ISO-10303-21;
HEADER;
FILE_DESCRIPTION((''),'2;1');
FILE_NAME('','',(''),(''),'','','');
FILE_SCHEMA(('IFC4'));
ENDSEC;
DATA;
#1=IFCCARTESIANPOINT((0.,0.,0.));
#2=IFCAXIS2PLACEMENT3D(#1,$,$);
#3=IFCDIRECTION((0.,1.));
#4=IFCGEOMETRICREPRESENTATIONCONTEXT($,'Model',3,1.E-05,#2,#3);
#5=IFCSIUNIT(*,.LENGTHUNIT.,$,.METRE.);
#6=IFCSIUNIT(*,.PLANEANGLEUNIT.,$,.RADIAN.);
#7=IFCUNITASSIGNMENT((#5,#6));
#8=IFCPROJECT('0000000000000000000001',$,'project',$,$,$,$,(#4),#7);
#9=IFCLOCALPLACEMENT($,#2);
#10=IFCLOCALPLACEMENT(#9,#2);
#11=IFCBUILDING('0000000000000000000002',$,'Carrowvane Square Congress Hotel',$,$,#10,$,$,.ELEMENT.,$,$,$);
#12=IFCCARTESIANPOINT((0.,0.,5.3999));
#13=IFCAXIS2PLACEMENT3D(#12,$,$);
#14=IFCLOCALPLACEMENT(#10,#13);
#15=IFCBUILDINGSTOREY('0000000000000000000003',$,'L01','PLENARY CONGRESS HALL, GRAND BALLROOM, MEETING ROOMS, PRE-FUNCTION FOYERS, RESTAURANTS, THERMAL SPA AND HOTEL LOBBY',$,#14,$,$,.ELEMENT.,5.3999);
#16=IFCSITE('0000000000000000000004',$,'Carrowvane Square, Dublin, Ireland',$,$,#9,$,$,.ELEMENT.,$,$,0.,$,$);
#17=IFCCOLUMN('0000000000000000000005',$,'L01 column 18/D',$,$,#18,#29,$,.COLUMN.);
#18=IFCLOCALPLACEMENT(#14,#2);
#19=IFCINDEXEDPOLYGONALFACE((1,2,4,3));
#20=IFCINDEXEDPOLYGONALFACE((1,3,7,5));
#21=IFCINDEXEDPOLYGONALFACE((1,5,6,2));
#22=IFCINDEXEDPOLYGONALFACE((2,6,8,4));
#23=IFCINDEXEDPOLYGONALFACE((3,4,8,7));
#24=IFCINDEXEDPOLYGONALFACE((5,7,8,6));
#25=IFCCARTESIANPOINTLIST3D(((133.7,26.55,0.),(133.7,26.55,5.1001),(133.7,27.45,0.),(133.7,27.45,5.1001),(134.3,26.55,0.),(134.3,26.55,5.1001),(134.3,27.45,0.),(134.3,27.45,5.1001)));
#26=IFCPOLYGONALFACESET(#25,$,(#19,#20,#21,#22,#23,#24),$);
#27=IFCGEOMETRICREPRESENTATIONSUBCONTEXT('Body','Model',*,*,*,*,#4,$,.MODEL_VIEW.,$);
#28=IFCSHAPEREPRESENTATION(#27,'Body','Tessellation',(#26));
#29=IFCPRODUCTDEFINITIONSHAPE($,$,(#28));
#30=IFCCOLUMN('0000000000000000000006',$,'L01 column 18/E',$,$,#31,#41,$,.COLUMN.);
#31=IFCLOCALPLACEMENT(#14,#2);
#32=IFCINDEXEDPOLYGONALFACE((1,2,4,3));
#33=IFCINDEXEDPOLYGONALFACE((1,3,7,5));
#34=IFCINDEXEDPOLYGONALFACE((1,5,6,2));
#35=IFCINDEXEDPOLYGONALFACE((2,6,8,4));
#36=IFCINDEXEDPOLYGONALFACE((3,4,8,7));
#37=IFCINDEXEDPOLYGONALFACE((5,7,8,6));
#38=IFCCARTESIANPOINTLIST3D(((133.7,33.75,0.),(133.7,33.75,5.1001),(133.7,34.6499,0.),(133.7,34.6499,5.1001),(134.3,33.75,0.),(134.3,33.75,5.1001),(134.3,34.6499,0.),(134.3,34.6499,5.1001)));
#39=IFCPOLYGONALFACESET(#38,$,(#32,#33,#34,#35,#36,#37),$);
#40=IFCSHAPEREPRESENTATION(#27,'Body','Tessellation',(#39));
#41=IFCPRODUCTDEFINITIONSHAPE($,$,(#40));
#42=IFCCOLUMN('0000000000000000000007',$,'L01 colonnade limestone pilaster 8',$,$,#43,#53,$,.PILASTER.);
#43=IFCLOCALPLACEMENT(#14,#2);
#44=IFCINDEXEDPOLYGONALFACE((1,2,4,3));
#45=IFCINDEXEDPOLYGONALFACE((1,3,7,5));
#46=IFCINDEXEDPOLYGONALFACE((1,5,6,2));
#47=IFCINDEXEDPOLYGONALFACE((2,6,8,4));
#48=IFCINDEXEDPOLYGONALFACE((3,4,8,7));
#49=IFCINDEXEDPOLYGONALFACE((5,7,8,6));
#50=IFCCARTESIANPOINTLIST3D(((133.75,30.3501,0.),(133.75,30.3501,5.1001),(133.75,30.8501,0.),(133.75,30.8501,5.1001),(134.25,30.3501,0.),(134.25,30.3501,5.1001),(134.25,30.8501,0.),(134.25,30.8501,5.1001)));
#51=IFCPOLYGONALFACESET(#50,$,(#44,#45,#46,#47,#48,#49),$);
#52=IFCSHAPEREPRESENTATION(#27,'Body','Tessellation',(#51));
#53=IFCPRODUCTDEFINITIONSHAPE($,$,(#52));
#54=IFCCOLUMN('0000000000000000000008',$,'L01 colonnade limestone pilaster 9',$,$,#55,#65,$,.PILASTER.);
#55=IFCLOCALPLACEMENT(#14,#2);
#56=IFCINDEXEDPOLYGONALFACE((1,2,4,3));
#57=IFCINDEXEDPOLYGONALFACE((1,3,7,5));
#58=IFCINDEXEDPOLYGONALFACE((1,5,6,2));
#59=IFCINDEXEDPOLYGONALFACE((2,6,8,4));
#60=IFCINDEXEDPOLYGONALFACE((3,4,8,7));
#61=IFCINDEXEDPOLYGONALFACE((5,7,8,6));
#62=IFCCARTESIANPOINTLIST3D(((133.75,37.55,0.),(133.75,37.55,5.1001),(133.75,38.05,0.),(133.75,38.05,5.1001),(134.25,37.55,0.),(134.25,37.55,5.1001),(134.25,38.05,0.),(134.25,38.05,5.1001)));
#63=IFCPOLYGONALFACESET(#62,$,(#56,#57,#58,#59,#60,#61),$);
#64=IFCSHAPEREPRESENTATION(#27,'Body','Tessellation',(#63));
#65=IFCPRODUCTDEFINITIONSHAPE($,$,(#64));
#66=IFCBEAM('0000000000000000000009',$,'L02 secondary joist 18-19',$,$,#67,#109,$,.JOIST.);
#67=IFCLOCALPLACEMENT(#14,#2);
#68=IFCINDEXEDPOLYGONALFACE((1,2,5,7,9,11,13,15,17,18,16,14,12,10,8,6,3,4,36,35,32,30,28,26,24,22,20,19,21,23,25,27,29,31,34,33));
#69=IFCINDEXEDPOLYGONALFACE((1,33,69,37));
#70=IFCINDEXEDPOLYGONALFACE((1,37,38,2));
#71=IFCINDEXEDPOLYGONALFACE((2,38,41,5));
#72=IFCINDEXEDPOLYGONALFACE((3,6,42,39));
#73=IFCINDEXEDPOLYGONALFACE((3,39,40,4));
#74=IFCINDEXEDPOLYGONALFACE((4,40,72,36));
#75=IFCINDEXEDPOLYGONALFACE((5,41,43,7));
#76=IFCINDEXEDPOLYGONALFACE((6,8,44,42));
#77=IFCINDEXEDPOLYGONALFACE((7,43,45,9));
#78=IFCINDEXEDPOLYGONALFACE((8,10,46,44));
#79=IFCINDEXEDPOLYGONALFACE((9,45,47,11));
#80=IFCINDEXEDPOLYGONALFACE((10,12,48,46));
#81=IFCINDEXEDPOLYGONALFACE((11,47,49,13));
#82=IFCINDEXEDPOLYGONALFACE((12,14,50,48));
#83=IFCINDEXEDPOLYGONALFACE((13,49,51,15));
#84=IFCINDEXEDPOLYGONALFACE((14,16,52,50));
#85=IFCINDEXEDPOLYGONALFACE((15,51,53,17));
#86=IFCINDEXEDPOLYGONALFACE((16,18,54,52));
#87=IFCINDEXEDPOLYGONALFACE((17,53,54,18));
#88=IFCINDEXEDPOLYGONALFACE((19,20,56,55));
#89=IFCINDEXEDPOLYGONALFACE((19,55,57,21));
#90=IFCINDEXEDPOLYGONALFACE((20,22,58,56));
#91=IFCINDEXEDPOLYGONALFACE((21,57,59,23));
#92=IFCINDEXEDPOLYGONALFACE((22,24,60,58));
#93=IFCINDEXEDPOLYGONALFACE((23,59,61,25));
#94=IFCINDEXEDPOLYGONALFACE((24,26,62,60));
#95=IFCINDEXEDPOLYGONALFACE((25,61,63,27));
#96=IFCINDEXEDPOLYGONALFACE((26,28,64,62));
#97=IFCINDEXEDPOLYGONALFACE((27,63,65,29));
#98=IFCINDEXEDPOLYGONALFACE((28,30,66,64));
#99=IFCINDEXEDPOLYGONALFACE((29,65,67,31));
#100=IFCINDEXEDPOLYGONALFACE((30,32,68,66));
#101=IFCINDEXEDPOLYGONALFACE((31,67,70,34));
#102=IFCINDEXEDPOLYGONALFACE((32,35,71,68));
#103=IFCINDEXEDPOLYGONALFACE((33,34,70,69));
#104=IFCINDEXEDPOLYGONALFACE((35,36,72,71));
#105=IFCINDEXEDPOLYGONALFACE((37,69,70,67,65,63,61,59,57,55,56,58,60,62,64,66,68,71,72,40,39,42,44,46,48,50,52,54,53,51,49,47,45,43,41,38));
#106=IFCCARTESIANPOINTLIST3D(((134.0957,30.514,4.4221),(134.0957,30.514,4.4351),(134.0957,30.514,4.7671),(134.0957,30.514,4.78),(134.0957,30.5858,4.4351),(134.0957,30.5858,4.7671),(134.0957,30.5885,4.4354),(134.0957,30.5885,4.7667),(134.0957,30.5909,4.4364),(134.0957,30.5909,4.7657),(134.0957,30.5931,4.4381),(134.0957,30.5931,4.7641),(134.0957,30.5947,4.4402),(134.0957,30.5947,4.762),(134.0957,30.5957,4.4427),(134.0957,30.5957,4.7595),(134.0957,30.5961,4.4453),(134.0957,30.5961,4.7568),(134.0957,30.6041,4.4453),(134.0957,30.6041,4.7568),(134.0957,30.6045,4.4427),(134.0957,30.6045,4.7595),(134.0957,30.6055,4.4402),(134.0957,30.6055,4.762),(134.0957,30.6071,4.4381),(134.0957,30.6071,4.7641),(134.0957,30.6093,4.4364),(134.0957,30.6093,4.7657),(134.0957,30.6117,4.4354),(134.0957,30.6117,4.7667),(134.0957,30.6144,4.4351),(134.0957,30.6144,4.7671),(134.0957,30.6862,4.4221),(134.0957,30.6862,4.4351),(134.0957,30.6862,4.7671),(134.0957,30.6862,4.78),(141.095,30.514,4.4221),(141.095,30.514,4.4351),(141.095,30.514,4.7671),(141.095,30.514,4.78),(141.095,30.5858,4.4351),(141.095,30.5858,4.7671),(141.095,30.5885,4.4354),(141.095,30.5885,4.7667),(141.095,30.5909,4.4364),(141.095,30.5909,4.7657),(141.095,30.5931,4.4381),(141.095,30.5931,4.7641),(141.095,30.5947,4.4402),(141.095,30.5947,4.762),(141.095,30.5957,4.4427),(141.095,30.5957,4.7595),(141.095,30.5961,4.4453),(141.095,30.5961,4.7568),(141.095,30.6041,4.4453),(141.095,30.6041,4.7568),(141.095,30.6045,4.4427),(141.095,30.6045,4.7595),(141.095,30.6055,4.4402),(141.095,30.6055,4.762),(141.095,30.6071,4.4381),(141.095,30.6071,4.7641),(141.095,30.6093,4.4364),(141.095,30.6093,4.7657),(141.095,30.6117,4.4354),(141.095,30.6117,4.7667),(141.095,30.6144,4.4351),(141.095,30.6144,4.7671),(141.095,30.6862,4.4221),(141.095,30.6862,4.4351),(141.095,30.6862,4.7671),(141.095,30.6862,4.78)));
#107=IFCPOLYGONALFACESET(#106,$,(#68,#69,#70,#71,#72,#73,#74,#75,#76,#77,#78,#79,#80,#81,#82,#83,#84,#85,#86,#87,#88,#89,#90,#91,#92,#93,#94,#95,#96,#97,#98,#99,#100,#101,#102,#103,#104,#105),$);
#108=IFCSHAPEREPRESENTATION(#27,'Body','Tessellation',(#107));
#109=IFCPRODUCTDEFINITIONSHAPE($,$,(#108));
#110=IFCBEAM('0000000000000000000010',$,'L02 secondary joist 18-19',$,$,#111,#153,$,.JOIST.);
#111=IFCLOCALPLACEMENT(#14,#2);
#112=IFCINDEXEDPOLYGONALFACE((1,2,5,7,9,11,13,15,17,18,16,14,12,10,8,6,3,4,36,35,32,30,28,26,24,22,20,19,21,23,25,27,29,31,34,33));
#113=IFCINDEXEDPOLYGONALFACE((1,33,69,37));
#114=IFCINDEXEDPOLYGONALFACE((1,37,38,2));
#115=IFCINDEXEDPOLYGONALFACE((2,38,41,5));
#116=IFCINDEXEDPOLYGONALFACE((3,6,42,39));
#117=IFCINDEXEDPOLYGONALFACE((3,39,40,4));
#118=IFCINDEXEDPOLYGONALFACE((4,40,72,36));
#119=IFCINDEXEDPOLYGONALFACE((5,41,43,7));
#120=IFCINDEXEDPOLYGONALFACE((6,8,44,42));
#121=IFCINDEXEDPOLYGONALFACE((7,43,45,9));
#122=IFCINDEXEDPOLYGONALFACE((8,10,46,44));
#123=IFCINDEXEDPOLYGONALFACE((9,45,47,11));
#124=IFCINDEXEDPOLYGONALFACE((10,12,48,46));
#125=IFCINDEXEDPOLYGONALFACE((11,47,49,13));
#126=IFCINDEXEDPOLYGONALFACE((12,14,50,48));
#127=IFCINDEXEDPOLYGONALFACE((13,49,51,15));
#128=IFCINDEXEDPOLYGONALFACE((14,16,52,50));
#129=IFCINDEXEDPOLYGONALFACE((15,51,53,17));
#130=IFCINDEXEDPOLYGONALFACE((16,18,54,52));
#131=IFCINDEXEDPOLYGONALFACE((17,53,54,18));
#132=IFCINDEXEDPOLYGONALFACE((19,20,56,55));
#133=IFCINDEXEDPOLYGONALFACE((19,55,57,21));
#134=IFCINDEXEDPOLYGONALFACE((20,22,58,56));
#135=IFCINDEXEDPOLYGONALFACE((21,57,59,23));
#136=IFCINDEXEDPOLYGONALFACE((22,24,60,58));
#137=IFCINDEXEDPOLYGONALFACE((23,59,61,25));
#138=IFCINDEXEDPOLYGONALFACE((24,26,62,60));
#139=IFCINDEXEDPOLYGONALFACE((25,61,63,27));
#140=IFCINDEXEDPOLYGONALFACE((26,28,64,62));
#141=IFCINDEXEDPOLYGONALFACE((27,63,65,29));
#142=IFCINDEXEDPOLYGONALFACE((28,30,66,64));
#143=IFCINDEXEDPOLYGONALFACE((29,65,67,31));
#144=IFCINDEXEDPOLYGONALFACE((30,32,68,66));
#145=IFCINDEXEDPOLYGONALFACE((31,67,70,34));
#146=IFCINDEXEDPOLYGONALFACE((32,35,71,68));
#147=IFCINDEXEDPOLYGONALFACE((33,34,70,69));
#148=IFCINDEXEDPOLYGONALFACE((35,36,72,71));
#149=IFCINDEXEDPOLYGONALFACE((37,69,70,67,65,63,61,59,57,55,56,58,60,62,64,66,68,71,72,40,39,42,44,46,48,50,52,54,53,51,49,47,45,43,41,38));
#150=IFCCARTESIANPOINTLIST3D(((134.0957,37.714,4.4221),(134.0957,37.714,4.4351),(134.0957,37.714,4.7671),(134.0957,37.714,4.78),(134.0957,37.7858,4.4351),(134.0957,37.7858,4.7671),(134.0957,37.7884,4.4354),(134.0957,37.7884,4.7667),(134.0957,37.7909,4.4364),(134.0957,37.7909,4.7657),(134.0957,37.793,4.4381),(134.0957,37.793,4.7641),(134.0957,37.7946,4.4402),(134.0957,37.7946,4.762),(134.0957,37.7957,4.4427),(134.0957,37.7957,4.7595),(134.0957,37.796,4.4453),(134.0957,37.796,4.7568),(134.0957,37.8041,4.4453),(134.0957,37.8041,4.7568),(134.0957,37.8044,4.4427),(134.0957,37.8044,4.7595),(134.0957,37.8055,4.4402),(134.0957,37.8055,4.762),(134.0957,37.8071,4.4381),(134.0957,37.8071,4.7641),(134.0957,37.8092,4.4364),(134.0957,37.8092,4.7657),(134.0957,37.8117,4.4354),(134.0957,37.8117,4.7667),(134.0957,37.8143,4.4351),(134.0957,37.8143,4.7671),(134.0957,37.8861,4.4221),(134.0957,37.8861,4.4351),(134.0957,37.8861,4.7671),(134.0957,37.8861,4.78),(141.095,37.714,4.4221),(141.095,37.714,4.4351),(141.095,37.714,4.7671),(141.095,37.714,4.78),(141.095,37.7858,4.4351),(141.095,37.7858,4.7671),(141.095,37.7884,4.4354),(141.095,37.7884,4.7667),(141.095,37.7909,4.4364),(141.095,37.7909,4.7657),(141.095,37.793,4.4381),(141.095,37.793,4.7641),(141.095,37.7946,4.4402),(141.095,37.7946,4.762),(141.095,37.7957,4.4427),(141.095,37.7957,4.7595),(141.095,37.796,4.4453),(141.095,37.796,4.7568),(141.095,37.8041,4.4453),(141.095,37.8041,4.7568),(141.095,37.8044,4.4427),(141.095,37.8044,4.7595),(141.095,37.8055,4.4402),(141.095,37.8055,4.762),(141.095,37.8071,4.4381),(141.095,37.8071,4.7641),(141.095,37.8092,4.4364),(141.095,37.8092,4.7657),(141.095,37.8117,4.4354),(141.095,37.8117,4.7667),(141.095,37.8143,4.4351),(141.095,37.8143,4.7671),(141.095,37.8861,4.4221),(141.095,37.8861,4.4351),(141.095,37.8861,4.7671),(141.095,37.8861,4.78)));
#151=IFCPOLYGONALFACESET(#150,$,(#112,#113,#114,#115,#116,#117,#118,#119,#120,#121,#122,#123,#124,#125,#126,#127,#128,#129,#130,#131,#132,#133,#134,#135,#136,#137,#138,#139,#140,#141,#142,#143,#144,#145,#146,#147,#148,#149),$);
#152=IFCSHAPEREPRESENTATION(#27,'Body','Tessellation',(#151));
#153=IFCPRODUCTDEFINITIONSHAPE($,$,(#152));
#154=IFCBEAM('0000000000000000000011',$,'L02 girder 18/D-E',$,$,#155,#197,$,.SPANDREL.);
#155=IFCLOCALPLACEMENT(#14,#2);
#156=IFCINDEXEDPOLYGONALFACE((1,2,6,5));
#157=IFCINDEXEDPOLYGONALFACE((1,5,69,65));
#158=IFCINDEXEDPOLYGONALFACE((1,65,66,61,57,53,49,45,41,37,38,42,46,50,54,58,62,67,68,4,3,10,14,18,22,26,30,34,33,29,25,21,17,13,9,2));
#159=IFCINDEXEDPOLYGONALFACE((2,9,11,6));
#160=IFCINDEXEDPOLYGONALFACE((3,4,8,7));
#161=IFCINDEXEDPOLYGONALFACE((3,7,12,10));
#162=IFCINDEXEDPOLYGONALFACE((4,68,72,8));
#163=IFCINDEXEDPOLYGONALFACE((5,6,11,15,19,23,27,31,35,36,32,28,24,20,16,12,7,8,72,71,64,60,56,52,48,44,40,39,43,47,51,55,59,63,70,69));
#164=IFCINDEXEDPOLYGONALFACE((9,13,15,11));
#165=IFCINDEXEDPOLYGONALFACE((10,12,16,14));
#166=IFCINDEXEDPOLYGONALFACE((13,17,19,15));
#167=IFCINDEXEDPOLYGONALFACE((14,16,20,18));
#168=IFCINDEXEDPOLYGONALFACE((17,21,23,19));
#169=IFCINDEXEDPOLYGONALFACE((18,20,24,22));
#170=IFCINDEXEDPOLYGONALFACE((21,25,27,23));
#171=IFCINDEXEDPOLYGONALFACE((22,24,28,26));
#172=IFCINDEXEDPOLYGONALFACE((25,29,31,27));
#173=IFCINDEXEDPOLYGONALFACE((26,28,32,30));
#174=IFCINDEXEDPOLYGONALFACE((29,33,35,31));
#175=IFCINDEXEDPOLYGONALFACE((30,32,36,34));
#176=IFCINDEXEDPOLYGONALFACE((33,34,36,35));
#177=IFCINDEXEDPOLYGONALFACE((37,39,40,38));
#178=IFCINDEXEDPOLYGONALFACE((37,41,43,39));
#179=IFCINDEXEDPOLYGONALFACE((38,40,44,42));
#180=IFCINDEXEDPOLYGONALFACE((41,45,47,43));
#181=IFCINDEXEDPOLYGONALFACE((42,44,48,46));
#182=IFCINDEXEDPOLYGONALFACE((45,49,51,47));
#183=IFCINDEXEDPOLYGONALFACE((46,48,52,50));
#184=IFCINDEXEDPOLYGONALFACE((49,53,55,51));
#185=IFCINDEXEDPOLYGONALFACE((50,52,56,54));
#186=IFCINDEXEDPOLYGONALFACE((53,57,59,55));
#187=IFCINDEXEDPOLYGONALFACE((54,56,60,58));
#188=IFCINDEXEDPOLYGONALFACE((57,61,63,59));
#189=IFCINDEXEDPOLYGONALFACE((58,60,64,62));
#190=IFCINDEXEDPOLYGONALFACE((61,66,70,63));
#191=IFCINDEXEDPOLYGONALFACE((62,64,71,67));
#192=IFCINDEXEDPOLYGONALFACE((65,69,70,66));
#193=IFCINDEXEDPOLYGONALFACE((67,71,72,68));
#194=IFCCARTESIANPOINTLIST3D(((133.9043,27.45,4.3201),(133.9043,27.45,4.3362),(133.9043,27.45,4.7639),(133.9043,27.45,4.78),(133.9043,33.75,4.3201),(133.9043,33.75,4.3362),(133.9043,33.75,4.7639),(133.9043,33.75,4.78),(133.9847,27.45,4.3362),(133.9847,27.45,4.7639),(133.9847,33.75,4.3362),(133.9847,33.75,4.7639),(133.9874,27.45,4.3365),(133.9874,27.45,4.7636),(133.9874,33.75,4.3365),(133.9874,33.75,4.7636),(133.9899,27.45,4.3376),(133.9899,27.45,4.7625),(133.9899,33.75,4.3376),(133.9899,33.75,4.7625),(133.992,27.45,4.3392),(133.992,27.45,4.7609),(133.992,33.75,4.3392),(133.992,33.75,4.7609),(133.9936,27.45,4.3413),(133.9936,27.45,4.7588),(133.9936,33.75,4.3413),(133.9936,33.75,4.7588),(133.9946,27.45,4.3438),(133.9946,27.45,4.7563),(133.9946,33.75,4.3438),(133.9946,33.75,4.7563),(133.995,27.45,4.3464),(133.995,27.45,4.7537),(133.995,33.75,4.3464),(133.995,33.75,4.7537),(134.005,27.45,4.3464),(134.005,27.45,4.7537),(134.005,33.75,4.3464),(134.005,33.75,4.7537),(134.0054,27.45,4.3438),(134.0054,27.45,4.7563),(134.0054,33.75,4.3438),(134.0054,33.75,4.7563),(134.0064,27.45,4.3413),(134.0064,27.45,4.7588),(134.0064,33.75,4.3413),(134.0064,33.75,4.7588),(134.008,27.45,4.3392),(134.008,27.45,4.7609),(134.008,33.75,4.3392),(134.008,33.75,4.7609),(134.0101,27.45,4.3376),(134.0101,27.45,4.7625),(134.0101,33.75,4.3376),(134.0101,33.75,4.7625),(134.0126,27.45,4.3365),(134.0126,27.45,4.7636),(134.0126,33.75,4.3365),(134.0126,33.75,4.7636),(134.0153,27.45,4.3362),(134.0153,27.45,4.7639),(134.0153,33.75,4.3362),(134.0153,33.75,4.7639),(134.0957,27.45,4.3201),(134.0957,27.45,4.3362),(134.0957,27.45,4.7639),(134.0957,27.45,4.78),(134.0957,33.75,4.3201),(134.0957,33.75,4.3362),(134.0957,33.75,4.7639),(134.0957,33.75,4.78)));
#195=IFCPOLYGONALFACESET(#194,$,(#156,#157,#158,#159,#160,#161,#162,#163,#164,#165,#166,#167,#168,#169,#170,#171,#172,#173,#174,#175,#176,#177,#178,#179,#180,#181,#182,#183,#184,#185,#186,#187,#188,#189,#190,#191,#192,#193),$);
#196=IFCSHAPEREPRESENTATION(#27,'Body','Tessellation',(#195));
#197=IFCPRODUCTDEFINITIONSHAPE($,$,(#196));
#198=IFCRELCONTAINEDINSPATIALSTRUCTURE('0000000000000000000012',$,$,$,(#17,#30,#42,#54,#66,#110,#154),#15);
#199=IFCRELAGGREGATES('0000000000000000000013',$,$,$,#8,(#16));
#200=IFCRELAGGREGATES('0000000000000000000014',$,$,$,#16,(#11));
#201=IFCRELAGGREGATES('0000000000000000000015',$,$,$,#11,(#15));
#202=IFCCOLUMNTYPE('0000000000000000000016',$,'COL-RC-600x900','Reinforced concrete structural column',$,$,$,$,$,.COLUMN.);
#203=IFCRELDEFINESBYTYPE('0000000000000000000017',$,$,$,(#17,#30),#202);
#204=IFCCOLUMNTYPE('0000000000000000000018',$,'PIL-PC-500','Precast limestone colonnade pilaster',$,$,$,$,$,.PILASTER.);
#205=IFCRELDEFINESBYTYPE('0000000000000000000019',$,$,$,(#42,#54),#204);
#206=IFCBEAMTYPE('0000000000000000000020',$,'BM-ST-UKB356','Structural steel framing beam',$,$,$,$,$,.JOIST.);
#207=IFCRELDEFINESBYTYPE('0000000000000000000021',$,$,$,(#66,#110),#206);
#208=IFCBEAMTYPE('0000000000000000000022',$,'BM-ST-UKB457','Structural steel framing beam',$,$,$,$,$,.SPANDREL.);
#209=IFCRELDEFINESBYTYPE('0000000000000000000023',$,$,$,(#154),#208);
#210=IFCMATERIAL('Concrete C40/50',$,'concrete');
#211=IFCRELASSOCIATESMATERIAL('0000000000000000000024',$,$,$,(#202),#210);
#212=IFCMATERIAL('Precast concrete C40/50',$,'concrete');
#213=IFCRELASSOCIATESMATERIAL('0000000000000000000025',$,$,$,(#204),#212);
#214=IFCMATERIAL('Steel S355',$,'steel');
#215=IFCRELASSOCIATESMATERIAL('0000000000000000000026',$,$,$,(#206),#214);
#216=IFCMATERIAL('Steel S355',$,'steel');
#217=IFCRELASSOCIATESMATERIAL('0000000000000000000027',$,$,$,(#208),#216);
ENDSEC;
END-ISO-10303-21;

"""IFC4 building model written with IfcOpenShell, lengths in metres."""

from ifc_helpers import new_model, si_unit, direction, frame, origin, origin_2d, place, context, subcontext, project, spatial, rectangle, i_section, extrude, material, material_profile, profile_set, type_object, element, save


model = new_model("IFC4")

# Units and contexts
model_context = context("Model", 3, precision=1e-05, world=origin(), true_north=direction((0.0, 1.0)))
body_context = subcontext(model_context, "Body", "Model", "MODEL_VIEW")
ifc_project = project(units=[si_unit("LENGTHUNIT", "METRE"), si_unit("PLANEANGLEUNIT", "RADIAN")], contexts=[model_context])

# Site, building, storey
site_placement = place(None, origin())
site = spatial("IfcSite", under=ifc_project, at=site_placement, Name="Carrowvane Square, Dublin, Ireland", CompositionType="ELEMENT", RefElevation=0.0)
building_placement = place(site_placement, origin())
building = spatial("IfcBuilding", under=site, at=building_placement, Name="Carrowvane Square Congress Hotel", CompositionType="ELEMENT")
storey_placement = place(building_placement, frame((0.0, 0.0, 5.3999)))
storey = spatial("IfcBuildingStorey", under=building, at=storey_placement, Name="L01", Description="PLENARY CONGRESS HALL, GRAND BALLROOM, MEETING ROOMS, PRE-FUNCTION FOYERS, RESTAURANTS, THERMAL SPA AND HOTEL LOBBY", CompositionType="ELEMENT", Elevation=5.3999)

# Columns
ifc_material_1 = material(Name="Concrete C40/50", Category="concrete")
ifc_material_profile_1 = material_profile(ifc_material_1, rectangle(XDim=0.6001, YDim=0.8999, at=origin_2d()), Name="RC 600x900")
ifc_profile_set_1 = profile_set([ifc_material_profile_1], Name="Concrete C40/50")
column_type_1 = type_object("IfcColumnType", Name="COL-RC-600x900", Description="Reinforced concrete structural column", PredefinedType="COLUMN", material=ifc_profile_set_1)
for number, where, z_axis, x_axis, name in (
    (1, (134.0, 27.0, 0.0), (0.0, 0.0, 1.0), (1.0, 0.0, 0.0), "L01 column 18/D"),
    (2, (134.0, 34.2, 0.0), (0.0, 0.0, 1.0), (1.0, 0.0, 0.0), "L01 column 18/E"),
):
    element("IfcColumn", number, at=place(storey_placement, frame(where, z_axis=z_axis, x_axis=x_axis)), inside=storey, type_object=column_type_1, Name=name, PredefinedType="COLUMN", context=body_context, shape_type="SweptSolid", body=[
        extrude(rectangle(XDim=0.6001, YDim=0.8999, at=origin_2d()), origin(), (0.0, 0.0, 1.0), 5.1001),
    ])
ifc_material_2 = material(Name="Precast concrete C40/50", Category="concrete")
ifc_material_profile_2 = material_profile(ifc_material_2, rectangle(XDim=0.5, YDim=0.5, at=origin_2d()), Name="RC 500x500")
ifc_profile_set_2 = profile_set([ifc_material_profile_2], Name="Precast concrete C40/50")
column_type_2 = type_object("IfcColumnType", Name="PIL-PC-500", Description="Precast limestone colonnade pilaster", PredefinedType="PILASTER", material=ifc_profile_set_2)
for number, where, z_axis, x_axis, name in (
    (3, (134.0, 30.6001, 0.0), (0.0, 0.0, 1.0), (1.0, 0.0, 0.0), "L01 colonnade limestone pilaster 8"),
    (4, (134.0, 37.8, 0.0), (0.0, 0.0, 1.0), (1.0, 0.0, 0.0), "L01 colonnade limestone pilaster 9"),
):
    element("IfcColumn", number, at=place(storey_placement, frame(where, z_axis=z_axis, x_axis=x_axis)), inside=storey, type_object=column_type_2, Name=name, PredefinedType="PILASTER", context=body_context, shape_type="SweptSolid", body=[
        extrude(rectangle(XDim=0.5, YDim=0.5, at=origin_2d()), origin(), (0.0, 0.0, 1.0), 5.1001),
    ])

# Beams
ifc_material_3 = material(Name="Steel S355", Category="steel")
ifc_material_profile_3 = material_profile(ifc_material_3, i_section(OverallWidth=0.1721, OverallDepth=0.3579, WebThickness=0.0081, FlangeThickness=0.0129, FilletRadius=0.0103, at=origin_2d()), Name="UKB 356x171x57")
ifc_profile_set_3 = profile_set([ifc_material_profile_3], Name="Steel S355")
beam_type_1 = type_object("IfcBeamType", Name="BM-ST-UKB356", Description="Structural steel framing beam", PredefinedType="JOIST", material=ifc_profile_set_3)
for number, where, z_axis, x_axis, name in (
    (5, (134.0957, 30.6001, 4.6011), (1.0, 0.0, 0.0), (0.0, 1.0, 0.0), "L02 secondary joist 18-19"),
    (6, (134.0957, 37.8, 4.6011), (1.0, 0.0, 0.0), (0.0, 1.0, 0.0), "L02 secondary joist 18-19"),
):
    element("IfcBeam", number, at=place(storey_placement, frame(where, z_axis=z_axis, x_axis=x_axis)), inside=storey, type_object=beam_type_1, Name=name, PredefinedType="JOIST", context=body_context, shape_type="SweptSolid", body=[
        extrude(i_section(OverallWidth=0.1721, OverallDepth=0.3579, WebThickness=0.0081, FlangeThickness=0.0129, FilletRadius=0.0103, at=origin_2d()), origin(), (0.0, 0.0, 1.0), 6.9993),
    ])
ifc_material_4 = material(Name="Steel S355", Category="steel")
ifc_material_profile_4 = material_profile(ifc_material_4, i_section(OverallWidth=0.1914, OverallDepth=0.46, WebThickness=0.01, FlangeThickness=0.0161, FilletRadius=0.0103, at=origin_2d()), Name="UKB 457x191x82")
ifc_profile_set_4 = profile_set([ifc_material_profile_4], Name="Steel S355")
beam_type_2 = type_object("IfcBeamType", Name="BM-ST-UKB457", Description="Structural steel framing beam", PredefinedType="SPANDREL", material=ifc_profile_set_4)
for number, where, z_axis, x_axis, name in (
    (7, (134.0, 27.45, 4.55), (0.0, 1.0, 0.0), (-1.0, 0.0, 0.0), "L02 girder 18/D-E"),
):
    element("IfcBeam", number, at=place(storey_placement, frame(where, z_axis=z_axis, x_axis=x_axis)), inside=storey, type_object=beam_type_2, Name=name, PredefinedType="SPANDREL", context=body_context, shape_type="SweptSolid", body=[
        extrude(i_section(OverallWidth=0.1914, OverallDepth=0.46, WebThickness=0.01, FlangeThickness=0.0161, FilletRadius=0.0103, at=origin_2d()), origin(), (0.0, 0.0, 1.0), 6.3),
    ])

save(model, "model.ifc")
